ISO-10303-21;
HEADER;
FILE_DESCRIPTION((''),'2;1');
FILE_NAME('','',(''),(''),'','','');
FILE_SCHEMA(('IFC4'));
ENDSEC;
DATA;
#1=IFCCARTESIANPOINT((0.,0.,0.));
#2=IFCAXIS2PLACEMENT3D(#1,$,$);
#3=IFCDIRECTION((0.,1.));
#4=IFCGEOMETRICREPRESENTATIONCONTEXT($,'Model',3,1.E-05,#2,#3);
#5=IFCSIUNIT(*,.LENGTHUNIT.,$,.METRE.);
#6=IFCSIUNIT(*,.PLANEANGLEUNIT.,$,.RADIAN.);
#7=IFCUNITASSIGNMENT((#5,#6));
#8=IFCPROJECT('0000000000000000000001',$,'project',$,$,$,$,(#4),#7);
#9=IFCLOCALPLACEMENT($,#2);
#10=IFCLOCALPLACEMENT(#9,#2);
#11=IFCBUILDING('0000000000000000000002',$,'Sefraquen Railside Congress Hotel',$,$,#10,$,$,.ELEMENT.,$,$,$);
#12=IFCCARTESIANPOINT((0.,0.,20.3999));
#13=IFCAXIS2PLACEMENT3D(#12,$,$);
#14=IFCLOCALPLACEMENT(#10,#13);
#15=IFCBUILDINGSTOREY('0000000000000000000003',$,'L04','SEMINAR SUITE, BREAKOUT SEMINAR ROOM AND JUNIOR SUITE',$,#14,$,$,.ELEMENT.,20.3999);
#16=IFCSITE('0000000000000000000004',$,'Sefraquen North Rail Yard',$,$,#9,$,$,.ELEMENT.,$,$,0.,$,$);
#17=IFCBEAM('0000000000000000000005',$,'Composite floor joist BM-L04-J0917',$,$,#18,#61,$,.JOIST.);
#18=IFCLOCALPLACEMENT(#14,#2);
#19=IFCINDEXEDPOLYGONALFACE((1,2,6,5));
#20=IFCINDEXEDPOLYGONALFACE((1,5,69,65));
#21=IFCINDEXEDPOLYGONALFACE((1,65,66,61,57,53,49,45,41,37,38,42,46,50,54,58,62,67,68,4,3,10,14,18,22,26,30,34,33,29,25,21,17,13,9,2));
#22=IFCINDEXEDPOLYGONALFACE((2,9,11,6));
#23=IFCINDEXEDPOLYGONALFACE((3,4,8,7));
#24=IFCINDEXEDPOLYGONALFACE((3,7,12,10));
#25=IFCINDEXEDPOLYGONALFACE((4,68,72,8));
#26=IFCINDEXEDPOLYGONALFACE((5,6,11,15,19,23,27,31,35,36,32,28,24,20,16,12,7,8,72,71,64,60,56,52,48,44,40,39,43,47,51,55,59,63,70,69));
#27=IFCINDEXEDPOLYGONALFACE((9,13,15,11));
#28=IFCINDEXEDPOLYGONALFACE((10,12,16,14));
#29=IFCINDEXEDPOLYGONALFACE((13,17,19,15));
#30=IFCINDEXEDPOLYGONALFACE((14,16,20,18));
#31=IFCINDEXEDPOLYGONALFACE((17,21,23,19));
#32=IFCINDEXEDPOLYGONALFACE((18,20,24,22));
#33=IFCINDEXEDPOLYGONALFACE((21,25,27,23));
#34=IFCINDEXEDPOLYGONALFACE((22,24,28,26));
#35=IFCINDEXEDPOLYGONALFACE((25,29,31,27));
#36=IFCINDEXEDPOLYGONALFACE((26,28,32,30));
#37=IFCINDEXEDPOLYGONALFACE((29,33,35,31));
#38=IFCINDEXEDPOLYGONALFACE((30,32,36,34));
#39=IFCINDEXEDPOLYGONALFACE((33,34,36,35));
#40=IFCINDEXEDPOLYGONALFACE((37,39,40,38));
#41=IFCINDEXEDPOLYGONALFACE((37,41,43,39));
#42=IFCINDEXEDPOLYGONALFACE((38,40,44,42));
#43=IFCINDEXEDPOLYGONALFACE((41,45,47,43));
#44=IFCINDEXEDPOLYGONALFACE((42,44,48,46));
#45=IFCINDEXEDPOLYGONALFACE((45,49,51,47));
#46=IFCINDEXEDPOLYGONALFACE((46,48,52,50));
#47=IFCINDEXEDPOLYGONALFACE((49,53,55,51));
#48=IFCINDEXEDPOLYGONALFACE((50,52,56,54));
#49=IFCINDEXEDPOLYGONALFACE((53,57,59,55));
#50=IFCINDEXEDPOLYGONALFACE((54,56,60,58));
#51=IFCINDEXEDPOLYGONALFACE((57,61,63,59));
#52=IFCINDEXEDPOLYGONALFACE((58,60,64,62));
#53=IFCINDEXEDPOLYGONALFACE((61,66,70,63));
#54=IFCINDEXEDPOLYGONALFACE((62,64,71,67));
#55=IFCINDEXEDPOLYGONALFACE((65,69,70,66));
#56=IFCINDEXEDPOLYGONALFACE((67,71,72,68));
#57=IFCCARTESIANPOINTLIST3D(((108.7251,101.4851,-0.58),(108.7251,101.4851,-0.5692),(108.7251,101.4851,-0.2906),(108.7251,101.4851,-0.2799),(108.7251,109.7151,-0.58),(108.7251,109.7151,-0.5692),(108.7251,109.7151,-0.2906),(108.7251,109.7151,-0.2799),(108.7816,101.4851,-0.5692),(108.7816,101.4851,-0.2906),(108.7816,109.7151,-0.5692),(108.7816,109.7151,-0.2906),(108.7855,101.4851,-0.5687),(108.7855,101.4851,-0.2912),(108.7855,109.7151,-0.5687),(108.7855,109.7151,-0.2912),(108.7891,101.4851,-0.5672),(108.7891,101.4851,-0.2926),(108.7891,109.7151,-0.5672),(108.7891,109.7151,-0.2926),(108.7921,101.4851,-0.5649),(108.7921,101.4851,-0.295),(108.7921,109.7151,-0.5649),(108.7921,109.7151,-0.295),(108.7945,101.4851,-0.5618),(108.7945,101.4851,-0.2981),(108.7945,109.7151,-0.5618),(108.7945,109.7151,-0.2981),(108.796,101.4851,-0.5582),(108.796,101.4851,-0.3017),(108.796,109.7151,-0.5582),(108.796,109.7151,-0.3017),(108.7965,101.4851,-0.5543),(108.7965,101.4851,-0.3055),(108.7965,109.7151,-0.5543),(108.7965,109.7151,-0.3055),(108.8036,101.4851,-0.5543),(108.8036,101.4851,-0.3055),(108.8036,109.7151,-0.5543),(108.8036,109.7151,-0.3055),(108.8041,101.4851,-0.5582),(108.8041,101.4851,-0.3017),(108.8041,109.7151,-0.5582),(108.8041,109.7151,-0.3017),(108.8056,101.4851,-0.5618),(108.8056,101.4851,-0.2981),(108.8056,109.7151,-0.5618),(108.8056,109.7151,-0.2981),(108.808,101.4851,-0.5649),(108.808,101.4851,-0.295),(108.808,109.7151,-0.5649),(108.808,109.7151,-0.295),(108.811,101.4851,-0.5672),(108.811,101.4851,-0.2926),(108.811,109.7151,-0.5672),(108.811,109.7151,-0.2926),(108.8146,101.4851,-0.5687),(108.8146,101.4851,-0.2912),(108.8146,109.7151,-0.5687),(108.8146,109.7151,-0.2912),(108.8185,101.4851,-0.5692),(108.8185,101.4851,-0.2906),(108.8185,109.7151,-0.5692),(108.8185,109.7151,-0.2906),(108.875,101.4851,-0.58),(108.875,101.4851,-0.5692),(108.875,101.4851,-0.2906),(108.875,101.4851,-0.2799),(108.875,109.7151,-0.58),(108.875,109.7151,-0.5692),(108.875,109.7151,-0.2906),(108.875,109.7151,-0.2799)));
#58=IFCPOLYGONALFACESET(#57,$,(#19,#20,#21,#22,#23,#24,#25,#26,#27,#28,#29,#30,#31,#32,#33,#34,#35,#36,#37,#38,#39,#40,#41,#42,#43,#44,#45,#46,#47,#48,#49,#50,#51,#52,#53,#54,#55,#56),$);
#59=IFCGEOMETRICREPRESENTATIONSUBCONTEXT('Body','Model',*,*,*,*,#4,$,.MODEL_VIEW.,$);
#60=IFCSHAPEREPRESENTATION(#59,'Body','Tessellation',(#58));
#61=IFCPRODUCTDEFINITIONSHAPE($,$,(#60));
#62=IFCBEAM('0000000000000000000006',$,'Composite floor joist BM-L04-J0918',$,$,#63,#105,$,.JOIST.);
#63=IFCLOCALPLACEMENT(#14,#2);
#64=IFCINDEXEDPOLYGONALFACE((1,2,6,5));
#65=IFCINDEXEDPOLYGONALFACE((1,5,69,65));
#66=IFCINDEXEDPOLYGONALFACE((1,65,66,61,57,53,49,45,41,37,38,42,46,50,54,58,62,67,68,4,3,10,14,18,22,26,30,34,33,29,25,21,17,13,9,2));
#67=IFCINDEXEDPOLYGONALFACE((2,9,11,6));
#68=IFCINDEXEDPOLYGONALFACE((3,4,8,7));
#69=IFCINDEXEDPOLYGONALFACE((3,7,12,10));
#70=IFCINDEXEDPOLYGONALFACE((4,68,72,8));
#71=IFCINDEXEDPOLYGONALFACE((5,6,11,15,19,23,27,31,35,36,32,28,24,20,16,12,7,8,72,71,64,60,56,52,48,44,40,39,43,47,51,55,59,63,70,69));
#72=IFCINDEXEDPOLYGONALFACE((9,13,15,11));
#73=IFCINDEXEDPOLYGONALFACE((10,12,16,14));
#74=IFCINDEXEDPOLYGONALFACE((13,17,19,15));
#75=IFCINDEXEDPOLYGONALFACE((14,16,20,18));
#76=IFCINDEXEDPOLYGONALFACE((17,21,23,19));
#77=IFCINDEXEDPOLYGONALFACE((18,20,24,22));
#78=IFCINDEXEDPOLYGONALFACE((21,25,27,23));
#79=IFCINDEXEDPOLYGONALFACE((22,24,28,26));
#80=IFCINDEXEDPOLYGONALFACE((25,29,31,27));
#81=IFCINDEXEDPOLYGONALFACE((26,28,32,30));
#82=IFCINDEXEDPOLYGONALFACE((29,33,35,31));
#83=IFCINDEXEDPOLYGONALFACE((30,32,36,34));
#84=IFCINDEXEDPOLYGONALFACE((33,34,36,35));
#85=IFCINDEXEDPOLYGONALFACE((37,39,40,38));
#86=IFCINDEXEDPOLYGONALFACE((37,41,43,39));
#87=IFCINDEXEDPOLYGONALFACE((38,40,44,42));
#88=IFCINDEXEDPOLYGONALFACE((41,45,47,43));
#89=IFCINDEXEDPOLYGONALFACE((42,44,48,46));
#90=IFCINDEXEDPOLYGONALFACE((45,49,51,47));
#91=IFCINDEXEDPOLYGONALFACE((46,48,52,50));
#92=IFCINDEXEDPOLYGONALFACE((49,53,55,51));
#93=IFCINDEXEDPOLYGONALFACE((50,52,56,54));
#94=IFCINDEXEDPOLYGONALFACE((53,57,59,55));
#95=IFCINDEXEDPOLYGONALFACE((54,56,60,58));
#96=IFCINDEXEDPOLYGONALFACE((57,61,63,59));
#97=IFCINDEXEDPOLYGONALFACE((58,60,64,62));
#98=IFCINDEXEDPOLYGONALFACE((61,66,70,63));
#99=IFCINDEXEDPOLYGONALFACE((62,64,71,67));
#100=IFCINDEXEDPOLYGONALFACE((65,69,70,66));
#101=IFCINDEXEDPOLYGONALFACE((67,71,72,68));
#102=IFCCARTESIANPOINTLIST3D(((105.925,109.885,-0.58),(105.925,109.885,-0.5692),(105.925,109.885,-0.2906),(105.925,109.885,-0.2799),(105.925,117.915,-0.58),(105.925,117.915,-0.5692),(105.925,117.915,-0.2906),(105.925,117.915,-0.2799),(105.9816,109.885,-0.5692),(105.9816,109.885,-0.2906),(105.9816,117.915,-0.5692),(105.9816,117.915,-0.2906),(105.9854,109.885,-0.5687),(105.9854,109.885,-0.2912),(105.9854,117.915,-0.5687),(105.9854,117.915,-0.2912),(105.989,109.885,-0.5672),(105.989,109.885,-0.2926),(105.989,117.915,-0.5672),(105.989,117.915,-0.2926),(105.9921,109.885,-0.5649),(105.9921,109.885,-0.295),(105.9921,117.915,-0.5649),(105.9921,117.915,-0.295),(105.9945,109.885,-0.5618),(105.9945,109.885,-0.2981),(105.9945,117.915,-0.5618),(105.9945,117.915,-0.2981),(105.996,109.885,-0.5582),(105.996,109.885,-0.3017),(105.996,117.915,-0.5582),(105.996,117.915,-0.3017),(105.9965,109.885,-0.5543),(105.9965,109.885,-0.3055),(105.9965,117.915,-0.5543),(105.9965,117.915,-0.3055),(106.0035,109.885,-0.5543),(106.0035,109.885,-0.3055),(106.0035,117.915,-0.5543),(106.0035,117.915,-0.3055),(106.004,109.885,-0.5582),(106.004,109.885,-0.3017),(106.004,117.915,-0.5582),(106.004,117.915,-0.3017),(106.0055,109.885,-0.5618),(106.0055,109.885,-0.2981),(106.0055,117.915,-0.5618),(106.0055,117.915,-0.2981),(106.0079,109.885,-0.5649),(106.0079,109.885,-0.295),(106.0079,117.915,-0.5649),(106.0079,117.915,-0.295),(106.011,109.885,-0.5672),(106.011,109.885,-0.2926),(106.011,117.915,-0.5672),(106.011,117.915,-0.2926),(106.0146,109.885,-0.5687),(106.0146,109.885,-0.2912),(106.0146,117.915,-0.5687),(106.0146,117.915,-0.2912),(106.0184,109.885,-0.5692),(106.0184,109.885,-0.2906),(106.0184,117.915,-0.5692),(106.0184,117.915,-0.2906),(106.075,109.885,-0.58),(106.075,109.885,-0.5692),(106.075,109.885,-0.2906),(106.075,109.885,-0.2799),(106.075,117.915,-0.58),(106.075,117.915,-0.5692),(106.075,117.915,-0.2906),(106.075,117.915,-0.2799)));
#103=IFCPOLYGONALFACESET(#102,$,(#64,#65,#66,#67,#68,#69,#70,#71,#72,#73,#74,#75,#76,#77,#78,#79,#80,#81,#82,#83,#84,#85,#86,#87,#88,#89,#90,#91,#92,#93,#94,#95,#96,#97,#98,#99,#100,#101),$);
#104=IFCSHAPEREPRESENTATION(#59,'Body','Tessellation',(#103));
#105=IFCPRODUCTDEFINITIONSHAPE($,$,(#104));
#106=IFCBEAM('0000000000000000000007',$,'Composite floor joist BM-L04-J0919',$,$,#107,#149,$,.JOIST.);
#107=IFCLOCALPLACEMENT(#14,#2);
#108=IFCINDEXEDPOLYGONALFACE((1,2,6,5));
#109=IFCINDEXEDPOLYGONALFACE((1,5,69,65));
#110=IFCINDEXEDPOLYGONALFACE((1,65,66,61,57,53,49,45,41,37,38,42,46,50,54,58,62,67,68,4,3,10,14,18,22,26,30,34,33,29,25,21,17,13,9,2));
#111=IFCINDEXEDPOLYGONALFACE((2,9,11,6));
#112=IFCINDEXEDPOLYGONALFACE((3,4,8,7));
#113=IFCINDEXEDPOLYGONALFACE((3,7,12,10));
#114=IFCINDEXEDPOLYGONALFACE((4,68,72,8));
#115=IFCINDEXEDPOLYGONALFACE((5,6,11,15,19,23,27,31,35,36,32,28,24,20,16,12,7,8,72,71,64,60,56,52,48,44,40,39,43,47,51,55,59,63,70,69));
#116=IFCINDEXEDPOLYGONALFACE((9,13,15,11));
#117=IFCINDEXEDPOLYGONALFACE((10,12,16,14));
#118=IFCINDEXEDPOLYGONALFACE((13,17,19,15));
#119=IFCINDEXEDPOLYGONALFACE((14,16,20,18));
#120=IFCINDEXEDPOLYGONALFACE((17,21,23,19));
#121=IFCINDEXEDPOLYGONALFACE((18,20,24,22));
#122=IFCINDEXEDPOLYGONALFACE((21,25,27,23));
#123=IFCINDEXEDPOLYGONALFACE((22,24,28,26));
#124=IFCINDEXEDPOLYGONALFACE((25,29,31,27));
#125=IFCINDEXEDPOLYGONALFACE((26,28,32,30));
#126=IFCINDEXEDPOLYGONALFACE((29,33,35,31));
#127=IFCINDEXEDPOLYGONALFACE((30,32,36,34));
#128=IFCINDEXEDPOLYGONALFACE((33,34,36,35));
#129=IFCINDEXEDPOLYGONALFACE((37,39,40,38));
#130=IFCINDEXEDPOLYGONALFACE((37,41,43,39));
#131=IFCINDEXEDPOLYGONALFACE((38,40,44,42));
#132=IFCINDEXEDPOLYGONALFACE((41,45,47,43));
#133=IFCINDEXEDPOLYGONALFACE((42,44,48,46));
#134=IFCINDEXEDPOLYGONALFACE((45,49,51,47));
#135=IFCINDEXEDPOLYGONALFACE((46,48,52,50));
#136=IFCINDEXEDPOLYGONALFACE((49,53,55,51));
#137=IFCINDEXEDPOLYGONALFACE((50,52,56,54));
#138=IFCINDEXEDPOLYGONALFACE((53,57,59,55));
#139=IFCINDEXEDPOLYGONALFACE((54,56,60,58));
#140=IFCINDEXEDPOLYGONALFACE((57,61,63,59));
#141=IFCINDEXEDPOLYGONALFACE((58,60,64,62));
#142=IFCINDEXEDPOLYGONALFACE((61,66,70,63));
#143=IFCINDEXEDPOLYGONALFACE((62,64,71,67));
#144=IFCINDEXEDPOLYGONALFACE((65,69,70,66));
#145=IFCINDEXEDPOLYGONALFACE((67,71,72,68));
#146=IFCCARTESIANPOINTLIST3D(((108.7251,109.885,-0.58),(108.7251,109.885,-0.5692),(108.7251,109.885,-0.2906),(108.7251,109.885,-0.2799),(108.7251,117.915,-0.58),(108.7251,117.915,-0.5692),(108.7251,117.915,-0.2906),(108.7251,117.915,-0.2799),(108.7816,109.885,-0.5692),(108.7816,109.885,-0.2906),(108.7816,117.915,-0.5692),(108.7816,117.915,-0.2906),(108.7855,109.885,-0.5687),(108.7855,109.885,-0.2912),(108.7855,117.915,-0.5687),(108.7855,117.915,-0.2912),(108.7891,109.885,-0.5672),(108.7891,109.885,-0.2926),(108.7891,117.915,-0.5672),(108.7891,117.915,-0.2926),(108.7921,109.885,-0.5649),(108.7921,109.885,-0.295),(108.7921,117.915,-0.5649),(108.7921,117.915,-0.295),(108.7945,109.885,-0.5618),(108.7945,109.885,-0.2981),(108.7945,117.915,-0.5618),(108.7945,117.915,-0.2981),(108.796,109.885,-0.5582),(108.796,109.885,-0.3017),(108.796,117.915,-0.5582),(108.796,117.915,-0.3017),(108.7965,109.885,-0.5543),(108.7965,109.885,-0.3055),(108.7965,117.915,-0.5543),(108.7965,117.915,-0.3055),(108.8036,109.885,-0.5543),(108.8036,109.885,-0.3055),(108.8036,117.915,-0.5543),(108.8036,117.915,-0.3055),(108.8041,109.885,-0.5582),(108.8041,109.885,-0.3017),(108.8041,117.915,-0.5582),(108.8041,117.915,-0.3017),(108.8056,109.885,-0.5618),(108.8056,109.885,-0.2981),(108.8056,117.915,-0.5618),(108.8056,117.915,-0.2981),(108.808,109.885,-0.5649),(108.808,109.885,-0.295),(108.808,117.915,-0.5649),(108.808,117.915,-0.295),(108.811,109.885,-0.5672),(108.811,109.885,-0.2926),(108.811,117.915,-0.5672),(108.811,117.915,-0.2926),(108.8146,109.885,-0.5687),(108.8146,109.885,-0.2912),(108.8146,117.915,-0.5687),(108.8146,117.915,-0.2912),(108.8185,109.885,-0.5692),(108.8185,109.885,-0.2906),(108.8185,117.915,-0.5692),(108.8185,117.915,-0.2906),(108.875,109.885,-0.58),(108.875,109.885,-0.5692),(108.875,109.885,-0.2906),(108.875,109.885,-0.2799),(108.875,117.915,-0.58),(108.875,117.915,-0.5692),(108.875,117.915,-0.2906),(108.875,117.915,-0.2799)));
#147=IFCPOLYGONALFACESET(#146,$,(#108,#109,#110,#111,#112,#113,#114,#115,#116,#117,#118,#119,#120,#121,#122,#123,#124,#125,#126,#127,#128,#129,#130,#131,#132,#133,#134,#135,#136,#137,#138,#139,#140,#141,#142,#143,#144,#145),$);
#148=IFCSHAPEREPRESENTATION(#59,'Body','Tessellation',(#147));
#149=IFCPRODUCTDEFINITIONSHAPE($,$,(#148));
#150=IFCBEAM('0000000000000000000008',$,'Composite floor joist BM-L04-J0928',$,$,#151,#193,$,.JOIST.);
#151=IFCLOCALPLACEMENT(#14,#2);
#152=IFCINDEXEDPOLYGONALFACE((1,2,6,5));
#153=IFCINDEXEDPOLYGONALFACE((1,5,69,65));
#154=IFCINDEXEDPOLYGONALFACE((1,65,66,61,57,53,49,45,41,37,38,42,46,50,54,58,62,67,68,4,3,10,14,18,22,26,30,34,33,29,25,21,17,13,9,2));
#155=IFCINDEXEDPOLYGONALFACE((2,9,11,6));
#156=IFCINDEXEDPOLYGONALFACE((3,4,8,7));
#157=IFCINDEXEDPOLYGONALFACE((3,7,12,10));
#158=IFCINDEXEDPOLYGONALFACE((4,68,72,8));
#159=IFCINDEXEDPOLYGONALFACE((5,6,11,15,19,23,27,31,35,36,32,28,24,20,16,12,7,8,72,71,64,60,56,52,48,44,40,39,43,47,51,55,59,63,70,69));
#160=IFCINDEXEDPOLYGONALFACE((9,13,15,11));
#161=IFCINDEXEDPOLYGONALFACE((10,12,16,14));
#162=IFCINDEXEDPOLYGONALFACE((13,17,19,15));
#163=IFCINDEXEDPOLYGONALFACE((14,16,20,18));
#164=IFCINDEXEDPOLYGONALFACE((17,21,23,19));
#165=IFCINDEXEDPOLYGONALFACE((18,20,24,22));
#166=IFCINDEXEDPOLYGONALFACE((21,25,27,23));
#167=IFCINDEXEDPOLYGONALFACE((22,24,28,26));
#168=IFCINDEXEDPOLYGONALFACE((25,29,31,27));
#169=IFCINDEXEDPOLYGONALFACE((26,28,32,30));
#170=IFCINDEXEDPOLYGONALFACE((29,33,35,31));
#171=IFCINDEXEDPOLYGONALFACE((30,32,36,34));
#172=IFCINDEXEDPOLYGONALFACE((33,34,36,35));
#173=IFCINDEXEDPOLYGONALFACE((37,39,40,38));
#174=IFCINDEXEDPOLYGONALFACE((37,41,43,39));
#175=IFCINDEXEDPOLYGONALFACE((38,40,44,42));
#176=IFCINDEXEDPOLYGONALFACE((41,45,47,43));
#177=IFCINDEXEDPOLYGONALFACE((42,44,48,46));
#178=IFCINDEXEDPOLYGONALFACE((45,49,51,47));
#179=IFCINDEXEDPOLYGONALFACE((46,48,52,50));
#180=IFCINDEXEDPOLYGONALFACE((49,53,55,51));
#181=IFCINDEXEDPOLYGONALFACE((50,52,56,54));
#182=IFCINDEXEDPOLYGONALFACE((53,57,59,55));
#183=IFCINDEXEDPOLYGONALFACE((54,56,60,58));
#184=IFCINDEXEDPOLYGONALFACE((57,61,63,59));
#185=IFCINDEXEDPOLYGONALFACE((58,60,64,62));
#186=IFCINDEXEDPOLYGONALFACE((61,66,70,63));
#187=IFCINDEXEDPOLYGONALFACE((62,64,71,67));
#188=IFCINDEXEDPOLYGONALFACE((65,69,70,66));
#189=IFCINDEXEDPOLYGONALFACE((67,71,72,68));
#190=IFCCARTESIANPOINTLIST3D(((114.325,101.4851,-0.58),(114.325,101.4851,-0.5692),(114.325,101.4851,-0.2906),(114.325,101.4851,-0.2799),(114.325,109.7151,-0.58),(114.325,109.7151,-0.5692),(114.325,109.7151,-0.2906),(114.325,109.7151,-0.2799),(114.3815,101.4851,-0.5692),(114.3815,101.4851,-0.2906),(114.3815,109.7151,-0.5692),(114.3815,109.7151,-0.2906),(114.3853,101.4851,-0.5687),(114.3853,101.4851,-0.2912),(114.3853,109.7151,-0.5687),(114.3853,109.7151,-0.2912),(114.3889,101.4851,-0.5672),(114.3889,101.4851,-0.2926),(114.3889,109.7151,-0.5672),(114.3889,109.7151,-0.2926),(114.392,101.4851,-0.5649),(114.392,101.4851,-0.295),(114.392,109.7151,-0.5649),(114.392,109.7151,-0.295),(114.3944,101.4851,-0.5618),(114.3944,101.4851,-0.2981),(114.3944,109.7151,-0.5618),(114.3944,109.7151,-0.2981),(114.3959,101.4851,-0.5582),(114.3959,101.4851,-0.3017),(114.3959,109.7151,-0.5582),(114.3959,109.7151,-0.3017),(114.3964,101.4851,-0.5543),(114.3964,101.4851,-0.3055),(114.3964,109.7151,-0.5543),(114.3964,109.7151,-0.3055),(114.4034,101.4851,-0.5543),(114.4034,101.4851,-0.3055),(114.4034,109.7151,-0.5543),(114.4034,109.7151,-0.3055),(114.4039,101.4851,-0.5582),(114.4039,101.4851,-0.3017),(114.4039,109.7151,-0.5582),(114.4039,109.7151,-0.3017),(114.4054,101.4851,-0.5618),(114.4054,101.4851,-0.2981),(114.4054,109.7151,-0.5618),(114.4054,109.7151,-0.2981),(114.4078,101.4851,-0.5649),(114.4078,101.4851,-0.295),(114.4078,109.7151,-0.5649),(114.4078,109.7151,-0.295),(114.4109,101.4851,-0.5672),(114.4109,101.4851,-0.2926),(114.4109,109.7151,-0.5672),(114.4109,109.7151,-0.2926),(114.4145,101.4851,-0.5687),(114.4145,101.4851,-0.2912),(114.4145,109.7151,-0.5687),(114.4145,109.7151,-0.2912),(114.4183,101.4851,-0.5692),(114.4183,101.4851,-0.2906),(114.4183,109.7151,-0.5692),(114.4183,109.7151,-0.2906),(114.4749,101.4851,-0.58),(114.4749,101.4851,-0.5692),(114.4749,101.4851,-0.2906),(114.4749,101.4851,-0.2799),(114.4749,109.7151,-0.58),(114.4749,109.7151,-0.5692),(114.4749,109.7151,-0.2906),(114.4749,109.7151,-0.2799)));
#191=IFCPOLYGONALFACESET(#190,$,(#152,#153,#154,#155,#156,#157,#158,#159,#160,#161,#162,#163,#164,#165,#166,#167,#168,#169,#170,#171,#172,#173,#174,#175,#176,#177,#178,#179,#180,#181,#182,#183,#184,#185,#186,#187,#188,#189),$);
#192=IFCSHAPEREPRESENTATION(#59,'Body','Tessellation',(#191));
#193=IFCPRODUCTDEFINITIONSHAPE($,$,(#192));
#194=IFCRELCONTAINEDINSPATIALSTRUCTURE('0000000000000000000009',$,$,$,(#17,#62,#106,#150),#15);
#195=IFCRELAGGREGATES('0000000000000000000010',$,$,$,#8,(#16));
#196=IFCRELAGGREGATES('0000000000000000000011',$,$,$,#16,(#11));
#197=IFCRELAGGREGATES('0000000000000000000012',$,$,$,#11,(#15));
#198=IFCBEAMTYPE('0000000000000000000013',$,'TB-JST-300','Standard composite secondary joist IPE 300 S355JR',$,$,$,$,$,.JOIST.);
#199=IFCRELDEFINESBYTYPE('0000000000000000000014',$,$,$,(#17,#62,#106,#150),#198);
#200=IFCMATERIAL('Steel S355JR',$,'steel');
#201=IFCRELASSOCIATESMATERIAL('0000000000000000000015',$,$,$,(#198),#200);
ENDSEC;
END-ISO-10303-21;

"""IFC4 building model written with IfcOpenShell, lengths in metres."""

from ifc_helpers import new_model, si_unit, direction, frame, origin, origin_2d, place, context, subcontext, project, spatial, i_section, extrude, material, material_profile, profile_set, type_object, element, save


model = new_model("IFC4")

# Units and contexts
model_context = context("Model", 3, precision=1e-05, world=origin(), true_north=direction((0.0, 1.0)))
body_context = subcontext(model_context, "Body", "Model", "MODEL_VIEW")
ifc_project = project(units=[si_unit("LENGTHUNIT", "METRE"), si_unit("PLANEANGLEUNIT", "RADIAN")], contexts=[model_context])

# Site, building, storey
site_placement = place(None, origin())
site = spatial("IfcSite", under=ifc_project, at=site_placement, Name="Sefraquen North Rail Yard", CompositionType="ELEMENT", RefElevation=0.0)
building_placement = place(site_placement, origin())
building = spatial("IfcBuilding", under=site, at=building_placement, Name="Sefraquen Railside Congress Hotel", CompositionType="ELEMENT")
storey_placement = place(building_placement, frame((0.0, 0.0, 20.3999)))
storey = spatial("IfcBuildingStorey", under=building, at=storey_placement, Name="L04", Description="SEMINAR SUITE, BREAKOUT SEMINAR ROOM AND JUNIOR SUITE", CompositionType="ELEMENT", Elevation=20.3999)

# Shared definitions
ifc_material_1 = material(Name="Steel S355JR", Category="steel")

# Beams
ifc_material_profile_1 = material_profile(ifc_material_1, i_section(OverallWidth=0.1499, OverallDepth=0.3, WebThickness=0.0071, FlangeThickness=0.0107, FilletRadius=0.0149, at=origin_2d()), Name="IPE 300")
ifc_profile_set_1 = profile_set([ifc_material_profile_1], Name="Steel S355JR")
beam_type_1 = type_object("IfcBeamType", Name="TB-JST-300", Description="Standard composite secondary joist IPE 300 S355JR", PredefinedType="JOIST", material=ifc_profile_set_1)
for number, where, z_axis, x_axis, name in (
    (1, (108.8, 101.4851, -0.4299), (0.0, 1.0, 0.0), (-1.0, 0.0, 0.0), "Composite floor joist BM-L04-J0917"),
):
    element("IfcBeam", number, at=place(storey_placement, frame(where, z_axis=z_axis, x_axis=x_axis)), inside=storey, type_object=beam_type_1, Name=name, PredefinedType="JOIST", context=body_context, shape_type="SweptSolid", body=[
        extrude(i_section(OverallWidth=0.1499, OverallDepth=0.3, WebThickness=0.0071, FlangeThickness=0.0107, FilletRadius=0.0149, at=origin_2d()), origin(), (0.0, 0.0, 1.0), 8.23),
    ])
for number, where, z_axis, x_axis, name in (
    (2, (106.0, 109.885, -0.4299), (0.0, 1.0, 0.0), (-1.0, 0.0, 0.0), "Composite floor joist BM-L04-J0918"),
    (3, (108.8, 109.885, -0.4299), (0.0, 1.0, 0.0), (-1.0, 0.0, 0.0), "Composite floor joist BM-L04-J0919"),
):
    element("IfcBeam", number, at=place(storey_placement, frame(where, z_axis=z_axis, x_axis=x_axis)), inside=storey, type_object=beam_type_1, Name=name, PredefinedType="JOIST", context=body_context, shape_type="SweptSolid", body=[
        extrude(i_section(OverallWidth=0.1499, OverallDepth=0.3, WebThickness=0.0071, FlangeThickness=0.0107, FilletRadius=0.0149, at=origin_2d()), origin(), (0.0, 0.0, 1.0), 8.03),
    ])
for number, where, z_axis, x_axis, name in (
    (4, (114.3999, 101.4851, -0.4299), (0.0, 1.0, 0.0), (-1.0, 0.0, 0.0), "Composite floor joist BM-L04-J0928"),
):
    element("IfcBeam", number, at=place(storey_placement, frame(where, z_axis=z_axis, x_axis=x_axis)), inside=storey, type_object=beam_type_1, Name=name, PredefinedType="JOIST", context=body_context, shape_type="SweptSolid", body=[
        extrude(i_section(OverallWidth=0.1499, OverallDepth=0.3, WebThickness=0.0071, FlangeThickness=0.0107, FilletRadius=0.0149, at=origin_2d()), origin(), (0.0, 0.0, 1.0), 8.23),
    ])

save(model, "model.ifc")
